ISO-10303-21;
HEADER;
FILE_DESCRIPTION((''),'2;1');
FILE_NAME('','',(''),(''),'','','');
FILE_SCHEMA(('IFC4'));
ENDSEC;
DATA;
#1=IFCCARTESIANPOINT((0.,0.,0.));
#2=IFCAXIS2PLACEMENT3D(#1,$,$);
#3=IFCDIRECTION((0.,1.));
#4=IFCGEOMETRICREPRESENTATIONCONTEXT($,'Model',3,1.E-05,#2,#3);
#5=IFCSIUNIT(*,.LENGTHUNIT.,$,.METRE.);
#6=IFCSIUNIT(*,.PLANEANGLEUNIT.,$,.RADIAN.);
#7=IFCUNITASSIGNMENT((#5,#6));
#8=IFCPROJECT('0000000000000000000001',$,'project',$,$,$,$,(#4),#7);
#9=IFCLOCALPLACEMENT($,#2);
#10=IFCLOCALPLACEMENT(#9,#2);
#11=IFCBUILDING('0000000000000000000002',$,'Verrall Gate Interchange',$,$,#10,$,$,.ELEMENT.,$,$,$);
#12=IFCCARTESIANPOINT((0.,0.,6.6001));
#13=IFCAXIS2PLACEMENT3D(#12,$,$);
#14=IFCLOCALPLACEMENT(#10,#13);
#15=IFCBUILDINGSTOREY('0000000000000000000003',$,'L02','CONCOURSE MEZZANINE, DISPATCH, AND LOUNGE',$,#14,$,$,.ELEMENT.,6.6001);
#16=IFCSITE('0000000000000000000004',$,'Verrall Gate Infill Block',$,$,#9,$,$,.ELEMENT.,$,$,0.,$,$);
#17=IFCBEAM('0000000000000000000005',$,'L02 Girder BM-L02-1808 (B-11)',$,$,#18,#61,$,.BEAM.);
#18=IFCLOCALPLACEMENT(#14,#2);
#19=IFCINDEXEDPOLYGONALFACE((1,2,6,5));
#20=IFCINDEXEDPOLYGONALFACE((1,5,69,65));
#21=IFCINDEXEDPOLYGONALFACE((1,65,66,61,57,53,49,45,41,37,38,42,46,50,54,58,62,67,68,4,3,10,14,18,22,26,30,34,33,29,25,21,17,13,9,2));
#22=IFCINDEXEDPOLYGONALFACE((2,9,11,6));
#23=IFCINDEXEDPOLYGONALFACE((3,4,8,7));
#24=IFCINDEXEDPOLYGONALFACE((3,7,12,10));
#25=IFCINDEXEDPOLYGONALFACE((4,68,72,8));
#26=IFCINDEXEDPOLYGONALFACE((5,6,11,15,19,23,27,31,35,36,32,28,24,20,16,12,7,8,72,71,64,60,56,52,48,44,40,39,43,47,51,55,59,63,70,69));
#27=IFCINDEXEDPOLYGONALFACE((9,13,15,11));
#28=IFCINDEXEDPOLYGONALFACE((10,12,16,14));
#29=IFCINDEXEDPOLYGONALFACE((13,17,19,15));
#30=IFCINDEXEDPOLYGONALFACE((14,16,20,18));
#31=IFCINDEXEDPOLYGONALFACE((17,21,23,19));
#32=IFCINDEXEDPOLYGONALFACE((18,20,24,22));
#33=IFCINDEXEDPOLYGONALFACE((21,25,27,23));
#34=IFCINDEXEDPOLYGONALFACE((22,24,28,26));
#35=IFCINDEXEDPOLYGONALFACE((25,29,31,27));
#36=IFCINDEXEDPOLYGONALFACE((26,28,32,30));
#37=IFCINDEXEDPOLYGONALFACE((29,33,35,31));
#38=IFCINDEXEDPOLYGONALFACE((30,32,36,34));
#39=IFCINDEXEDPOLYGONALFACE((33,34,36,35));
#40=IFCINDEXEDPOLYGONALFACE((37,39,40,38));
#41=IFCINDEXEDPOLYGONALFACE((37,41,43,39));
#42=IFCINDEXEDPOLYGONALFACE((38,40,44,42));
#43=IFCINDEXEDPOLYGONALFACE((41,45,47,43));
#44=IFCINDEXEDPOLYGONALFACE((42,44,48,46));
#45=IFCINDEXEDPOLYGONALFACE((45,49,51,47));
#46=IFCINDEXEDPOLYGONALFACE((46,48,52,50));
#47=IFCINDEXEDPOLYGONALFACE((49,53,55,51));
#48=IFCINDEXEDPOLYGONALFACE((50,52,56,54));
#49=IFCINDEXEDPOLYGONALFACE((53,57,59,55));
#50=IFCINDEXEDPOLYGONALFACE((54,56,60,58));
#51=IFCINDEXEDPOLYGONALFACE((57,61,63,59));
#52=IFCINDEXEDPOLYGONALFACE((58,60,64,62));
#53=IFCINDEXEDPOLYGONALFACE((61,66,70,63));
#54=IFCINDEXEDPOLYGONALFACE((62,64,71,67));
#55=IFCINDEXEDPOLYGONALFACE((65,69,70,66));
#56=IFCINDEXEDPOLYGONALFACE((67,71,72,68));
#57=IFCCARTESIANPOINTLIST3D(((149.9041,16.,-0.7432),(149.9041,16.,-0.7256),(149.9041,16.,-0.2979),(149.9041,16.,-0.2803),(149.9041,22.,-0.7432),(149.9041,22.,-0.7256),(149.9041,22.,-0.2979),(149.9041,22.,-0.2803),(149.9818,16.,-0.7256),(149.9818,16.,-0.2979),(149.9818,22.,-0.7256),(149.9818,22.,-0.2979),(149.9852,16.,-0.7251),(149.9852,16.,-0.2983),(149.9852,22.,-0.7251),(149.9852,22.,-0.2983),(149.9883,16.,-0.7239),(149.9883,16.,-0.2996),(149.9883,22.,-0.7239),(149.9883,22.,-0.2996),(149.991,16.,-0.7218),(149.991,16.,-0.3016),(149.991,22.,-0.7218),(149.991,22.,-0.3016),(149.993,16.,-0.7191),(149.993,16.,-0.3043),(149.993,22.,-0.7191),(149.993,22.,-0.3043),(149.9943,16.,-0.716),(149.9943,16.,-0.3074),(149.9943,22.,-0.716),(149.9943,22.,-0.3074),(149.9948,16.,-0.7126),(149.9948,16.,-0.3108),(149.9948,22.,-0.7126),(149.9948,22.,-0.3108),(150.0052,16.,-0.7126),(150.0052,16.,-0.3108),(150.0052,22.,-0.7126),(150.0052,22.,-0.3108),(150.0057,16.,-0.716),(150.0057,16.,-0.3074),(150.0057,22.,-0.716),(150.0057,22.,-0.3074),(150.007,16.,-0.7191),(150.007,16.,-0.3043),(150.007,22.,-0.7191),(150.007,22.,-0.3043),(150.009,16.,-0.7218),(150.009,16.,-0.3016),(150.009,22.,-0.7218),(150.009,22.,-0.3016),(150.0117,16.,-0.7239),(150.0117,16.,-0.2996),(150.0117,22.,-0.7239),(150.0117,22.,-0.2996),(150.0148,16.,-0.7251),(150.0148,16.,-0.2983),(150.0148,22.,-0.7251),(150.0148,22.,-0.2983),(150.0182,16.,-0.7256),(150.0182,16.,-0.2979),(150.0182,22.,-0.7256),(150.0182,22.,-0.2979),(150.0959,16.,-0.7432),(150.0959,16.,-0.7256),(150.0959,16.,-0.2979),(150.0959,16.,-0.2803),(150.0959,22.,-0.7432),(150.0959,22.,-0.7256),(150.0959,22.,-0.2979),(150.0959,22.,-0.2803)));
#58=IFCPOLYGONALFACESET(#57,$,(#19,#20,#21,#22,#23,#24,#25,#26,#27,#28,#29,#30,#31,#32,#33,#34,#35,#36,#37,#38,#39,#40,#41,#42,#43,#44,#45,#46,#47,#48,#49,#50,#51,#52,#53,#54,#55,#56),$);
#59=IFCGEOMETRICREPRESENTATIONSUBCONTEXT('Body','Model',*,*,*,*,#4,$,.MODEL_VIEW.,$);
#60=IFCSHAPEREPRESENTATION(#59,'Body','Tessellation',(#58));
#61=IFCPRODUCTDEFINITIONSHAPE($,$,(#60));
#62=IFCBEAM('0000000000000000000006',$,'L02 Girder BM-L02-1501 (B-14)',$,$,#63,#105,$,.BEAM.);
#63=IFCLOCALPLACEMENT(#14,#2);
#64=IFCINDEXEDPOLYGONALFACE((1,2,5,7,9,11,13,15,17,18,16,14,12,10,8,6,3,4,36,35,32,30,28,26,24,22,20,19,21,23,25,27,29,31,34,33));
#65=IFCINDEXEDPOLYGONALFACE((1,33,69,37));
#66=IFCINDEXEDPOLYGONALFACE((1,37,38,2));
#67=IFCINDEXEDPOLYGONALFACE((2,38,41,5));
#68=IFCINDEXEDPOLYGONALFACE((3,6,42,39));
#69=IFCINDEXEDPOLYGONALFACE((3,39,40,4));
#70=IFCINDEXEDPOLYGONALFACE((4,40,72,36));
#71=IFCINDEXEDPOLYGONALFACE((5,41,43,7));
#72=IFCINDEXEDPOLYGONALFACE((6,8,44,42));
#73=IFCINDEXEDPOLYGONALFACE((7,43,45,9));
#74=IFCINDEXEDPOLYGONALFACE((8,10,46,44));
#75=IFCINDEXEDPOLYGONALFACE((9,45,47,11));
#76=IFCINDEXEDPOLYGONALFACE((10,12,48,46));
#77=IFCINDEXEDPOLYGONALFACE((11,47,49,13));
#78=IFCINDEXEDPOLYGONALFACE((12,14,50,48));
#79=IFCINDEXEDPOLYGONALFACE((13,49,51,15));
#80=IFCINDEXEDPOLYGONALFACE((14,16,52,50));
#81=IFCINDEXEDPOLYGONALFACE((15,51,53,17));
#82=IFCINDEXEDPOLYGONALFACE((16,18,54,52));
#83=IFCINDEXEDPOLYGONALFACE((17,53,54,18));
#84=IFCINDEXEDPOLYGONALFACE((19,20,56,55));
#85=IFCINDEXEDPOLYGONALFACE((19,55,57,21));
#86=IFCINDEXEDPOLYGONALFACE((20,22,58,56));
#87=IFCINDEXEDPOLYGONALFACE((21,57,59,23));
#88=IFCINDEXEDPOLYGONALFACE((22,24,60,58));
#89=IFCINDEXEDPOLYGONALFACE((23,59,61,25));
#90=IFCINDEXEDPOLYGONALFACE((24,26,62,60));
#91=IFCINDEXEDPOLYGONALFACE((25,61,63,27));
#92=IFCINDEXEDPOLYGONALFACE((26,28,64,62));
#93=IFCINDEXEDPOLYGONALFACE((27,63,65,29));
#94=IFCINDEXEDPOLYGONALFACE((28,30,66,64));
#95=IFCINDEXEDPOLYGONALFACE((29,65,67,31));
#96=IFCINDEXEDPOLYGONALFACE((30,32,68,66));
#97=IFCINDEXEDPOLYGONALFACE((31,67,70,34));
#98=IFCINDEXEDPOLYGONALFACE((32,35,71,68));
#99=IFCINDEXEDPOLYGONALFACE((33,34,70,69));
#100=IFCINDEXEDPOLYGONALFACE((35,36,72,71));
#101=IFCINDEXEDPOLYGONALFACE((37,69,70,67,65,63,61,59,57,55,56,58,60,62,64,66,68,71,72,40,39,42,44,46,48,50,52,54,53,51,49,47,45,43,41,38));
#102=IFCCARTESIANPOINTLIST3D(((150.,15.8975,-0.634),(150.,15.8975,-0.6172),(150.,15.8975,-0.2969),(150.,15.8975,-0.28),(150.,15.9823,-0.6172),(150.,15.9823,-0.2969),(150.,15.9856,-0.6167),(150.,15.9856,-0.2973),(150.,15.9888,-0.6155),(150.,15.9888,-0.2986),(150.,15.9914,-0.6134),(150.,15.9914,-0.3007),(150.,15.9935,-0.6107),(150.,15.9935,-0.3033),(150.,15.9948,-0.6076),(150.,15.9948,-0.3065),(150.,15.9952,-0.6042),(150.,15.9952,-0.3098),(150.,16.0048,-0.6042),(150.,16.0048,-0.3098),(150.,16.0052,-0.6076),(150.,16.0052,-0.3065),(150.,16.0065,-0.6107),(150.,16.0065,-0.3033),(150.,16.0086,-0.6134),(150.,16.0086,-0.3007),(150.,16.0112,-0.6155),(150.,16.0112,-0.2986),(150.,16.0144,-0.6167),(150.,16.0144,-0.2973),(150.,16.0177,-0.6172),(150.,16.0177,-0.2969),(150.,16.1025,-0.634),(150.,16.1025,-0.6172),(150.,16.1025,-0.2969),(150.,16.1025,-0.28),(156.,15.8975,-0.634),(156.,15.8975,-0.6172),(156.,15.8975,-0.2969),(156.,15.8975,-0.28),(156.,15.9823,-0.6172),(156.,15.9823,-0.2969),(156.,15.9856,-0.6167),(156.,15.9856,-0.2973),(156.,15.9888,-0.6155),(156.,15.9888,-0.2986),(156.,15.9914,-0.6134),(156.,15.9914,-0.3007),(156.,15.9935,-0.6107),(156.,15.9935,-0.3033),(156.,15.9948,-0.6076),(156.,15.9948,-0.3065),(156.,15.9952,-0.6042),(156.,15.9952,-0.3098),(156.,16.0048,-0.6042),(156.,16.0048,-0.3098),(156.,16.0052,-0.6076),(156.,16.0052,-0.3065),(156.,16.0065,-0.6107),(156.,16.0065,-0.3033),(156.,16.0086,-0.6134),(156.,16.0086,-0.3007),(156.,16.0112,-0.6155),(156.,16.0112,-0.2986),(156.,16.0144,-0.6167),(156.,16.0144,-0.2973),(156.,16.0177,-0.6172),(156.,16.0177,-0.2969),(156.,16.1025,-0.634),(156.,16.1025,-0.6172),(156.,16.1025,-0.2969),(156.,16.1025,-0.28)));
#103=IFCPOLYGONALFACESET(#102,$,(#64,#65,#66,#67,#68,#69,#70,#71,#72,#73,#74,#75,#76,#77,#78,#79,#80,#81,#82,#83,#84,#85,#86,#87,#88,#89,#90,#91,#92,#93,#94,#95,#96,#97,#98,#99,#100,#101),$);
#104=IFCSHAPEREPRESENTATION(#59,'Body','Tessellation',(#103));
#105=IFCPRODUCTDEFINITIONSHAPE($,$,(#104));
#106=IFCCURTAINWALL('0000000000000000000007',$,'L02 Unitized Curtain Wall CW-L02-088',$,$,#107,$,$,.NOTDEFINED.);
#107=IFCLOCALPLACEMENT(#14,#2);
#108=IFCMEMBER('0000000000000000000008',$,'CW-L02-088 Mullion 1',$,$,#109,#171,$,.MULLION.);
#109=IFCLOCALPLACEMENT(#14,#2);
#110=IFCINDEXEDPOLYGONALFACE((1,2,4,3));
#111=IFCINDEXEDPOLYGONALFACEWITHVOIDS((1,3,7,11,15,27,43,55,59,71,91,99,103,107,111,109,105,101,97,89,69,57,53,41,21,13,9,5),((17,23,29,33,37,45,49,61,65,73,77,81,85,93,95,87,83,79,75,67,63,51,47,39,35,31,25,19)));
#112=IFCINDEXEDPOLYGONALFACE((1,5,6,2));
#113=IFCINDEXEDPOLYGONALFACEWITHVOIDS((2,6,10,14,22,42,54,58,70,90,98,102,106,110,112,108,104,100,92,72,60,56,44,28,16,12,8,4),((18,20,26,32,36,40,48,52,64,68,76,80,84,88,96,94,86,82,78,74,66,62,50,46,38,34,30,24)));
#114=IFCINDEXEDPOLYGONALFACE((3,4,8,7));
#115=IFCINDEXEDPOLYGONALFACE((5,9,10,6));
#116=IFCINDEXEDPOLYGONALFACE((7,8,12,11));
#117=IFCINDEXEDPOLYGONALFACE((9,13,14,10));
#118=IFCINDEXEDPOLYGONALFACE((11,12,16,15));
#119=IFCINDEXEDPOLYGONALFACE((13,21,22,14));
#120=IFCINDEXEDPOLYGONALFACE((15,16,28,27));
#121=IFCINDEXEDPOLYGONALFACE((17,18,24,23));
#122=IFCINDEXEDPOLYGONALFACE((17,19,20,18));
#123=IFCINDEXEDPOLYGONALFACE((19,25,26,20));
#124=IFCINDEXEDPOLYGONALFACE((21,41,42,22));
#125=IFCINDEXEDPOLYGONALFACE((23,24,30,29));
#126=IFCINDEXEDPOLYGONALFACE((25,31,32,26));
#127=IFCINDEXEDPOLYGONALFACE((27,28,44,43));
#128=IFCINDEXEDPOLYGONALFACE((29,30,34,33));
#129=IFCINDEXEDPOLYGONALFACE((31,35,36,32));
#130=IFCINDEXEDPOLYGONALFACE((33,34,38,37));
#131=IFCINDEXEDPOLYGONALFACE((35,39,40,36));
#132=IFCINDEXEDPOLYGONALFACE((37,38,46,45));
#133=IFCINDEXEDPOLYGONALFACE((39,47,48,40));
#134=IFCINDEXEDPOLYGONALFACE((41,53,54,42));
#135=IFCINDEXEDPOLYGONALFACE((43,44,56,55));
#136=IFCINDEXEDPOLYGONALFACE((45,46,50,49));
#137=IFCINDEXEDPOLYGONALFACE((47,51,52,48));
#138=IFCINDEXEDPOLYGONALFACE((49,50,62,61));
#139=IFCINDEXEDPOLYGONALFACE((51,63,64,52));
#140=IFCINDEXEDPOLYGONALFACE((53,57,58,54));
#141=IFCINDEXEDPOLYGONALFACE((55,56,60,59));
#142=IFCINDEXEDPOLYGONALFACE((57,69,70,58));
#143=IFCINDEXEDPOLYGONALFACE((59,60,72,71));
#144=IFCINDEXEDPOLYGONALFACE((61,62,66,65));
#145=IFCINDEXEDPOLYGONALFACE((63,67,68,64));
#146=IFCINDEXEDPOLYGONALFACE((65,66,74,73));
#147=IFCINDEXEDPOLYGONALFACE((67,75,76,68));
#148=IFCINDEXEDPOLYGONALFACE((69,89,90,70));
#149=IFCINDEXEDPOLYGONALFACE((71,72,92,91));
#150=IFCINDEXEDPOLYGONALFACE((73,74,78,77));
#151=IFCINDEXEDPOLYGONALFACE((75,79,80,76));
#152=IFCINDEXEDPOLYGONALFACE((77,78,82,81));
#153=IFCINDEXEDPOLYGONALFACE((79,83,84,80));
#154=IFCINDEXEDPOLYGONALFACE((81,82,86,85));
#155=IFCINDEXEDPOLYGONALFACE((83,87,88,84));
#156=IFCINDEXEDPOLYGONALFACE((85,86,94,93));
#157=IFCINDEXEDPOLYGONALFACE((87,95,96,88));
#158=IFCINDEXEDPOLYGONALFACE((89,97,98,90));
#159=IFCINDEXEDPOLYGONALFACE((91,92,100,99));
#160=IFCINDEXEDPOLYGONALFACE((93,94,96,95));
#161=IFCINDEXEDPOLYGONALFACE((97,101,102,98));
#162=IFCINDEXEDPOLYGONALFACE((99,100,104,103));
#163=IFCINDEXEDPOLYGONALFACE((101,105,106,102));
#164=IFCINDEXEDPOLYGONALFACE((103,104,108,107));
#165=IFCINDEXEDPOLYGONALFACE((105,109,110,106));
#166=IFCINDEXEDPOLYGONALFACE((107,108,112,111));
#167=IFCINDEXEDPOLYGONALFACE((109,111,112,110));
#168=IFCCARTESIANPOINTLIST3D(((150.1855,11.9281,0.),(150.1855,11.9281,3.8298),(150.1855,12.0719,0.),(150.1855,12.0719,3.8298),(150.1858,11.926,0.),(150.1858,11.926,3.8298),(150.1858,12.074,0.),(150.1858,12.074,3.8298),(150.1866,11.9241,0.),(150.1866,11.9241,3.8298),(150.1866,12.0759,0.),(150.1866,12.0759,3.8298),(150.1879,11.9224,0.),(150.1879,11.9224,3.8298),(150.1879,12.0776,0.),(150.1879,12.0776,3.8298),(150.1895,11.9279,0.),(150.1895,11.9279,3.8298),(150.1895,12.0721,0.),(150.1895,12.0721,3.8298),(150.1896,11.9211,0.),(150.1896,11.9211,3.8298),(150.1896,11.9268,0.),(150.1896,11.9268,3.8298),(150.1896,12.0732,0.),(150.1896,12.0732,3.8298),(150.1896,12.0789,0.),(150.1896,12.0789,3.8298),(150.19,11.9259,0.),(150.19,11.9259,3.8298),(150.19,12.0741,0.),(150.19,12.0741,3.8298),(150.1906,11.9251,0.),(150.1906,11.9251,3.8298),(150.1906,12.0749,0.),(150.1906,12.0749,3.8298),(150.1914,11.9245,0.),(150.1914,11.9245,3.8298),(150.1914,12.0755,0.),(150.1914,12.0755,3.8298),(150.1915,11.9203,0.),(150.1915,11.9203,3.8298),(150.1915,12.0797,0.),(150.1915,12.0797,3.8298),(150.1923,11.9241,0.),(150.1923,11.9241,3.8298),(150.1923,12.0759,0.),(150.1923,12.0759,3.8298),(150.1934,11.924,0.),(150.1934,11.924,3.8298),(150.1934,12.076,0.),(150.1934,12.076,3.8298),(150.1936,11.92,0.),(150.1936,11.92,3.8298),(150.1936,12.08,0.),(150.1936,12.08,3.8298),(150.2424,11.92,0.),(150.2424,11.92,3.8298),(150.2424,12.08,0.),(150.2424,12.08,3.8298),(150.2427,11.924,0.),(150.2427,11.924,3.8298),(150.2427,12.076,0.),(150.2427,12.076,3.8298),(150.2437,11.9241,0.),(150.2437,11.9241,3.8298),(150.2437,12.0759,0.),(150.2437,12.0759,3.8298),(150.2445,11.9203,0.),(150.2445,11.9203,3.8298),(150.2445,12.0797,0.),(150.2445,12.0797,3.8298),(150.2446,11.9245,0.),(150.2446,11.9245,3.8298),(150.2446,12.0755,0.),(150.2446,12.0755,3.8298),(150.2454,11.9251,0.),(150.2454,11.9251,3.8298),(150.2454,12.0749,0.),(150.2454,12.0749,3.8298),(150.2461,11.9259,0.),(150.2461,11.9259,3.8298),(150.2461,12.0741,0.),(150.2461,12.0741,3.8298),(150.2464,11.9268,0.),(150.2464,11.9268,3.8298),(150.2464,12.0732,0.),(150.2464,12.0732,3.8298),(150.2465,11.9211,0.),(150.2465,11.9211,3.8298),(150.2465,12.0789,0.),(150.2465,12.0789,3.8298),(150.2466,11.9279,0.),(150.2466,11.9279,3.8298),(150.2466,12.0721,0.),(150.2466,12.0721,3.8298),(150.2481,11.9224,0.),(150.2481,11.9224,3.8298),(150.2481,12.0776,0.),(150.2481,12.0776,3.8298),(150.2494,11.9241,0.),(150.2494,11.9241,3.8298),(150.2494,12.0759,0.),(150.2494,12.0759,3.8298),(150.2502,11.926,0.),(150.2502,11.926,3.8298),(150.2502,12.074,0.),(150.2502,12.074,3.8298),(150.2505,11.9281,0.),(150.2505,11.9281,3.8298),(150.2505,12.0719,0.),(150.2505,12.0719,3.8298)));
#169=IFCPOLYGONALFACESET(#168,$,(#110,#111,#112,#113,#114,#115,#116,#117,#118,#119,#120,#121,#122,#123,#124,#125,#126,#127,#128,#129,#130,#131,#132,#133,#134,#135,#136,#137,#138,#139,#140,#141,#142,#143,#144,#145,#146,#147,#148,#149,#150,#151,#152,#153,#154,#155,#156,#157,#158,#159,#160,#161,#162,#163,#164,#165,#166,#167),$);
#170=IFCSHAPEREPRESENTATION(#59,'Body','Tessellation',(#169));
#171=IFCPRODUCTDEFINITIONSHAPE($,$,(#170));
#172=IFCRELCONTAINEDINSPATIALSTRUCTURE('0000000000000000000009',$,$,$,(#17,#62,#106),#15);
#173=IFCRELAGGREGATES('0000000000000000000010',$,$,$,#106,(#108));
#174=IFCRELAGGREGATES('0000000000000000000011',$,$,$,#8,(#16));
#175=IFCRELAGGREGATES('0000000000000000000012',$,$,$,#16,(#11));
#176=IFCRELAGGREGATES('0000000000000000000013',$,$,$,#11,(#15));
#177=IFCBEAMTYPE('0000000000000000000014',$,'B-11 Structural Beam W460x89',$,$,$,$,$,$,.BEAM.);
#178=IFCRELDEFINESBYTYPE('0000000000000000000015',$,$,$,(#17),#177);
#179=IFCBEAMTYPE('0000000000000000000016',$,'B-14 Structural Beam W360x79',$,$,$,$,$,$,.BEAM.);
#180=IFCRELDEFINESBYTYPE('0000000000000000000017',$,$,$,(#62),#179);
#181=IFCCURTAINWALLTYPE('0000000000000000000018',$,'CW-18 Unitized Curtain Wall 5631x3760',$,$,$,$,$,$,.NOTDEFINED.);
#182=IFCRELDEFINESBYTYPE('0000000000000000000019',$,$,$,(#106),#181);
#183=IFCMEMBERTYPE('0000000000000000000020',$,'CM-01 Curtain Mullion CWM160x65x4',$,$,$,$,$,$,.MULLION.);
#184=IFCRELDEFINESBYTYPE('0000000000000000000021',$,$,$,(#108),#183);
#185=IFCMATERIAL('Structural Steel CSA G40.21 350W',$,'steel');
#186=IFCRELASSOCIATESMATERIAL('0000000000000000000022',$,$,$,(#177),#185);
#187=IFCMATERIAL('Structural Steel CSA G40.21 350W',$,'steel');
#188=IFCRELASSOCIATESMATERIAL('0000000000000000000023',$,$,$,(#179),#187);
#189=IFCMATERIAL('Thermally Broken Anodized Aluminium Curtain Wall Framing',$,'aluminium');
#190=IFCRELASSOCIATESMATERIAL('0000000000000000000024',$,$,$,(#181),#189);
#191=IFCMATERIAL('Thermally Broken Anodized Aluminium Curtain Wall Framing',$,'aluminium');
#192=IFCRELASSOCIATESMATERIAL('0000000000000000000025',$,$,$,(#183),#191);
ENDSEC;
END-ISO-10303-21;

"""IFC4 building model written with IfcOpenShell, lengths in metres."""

from ifc_helpers import new_model, si_unit, direction, frame, origin, origin_2d, place, context, subcontext, project, spatial, hollow_rectangle, i_section, extrude, material, material_profile, profile_set, type_object, element, aggregate, save


model = new_model("IFC4")

# Units and contexts
model_context = context("Model", 3, precision=1e-05, world=origin(), true_north=direction((0.0, 1.0)))
body_context = subcontext(model_context, "Body", "Model", "MODEL_VIEW")
ifc_project = project(units=[si_unit("LENGTHUNIT", "METRE"), si_unit("PLANEANGLEUNIT", "RADIAN")], contexts=[model_context])

# Site, building, storey
site_placement = place(None, origin())
site = spatial("IfcSite", under=ifc_project, at=site_placement, Name="Verrall Gate Infill Block", CompositionType="ELEMENT", RefElevation=0.0)
building_placement = place(site_placement, origin())
building = spatial("IfcBuilding", under=site, at=building_placement, Name="Verrall Gate Interchange", CompositionType="ELEMENT")
storey_placement = place(building_placement, frame((0.0, 0.0, 6.6001)))
storey = spatial("IfcBuildingStorey", under=building, at=storey_placement, Name="L02", Description="CONCOURSE MEZZANINE, DISPATCH, AND LOUNGE", CompositionType="ELEMENT", Elevation=6.6001)

# Beams
ifc_material_1 = material(Name="Structural Steel CSA G40.21 350W", Category="steel")
ifc_material_profile_1 = material_profile(ifc_material_1, i_section(OverallWidth=0.1919, OverallDepth=0.4629, WebThickness=0.0105, FlangeThickness=0.0176, FilletRadius=0.0129, at=origin_2d()), Name="W460x89")
ifc_profile_set_1 = profile_set([ifc_material_profile_1], Name="Structural Steel CSA G40.21 350W")
beam_type_1 = type_object("IfcBeamType", Name="B-11 Structural Beam W460x89", PredefinedType="BEAM", material=ifc_profile_set_1)
beam_1_placement = place(storey_placement, frame((150.0, 16.0, -0.5117), z_axis=(0.0, 1.0, 0.0), x_axis=(-1.0, 0.0, 0.0)))
element("IfcBeam", 1, at=beam_1_placement, inside=storey, type_object=beam_type_1, Name="L02 Girder BM-L02-1808 (B-11)", PredefinedType="BEAM", context=body_context, shape_type="SweptSolid", body=[
    extrude(i_section(OverallWidth=0.1919, OverallDepth=0.4629, WebThickness=0.0105, FlangeThickness=0.0176, FilletRadius=0.0129, at=origin_2d()), origin(), (0.0, 0.0, 1.0), 6.0),
])
ifc_material_2 = material(Name="Structural Steel CSA G40.21 350W", Category="steel")
ifc_material_profile_2 = material_profile(ifc_material_2, i_section(OverallWidth=0.2051, OverallDepth=0.354, WebThickness=0.0095, FlangeThickness=0.0168, FilletRadius=0.0129, at=origin_2d()), Name="W360x79")
ifc_profile_set_2 = profile_set([ifc_material_profile_2], Name="Structural Steel CSA G40.21 350W")
beam_type_2 = type_object("IfcBeamType", Name="B-14 Structural Beam W360x79", PredefinedType="BEAM", material=ifc_profile_set_2)
beam_2_placement = place(storey_placement, frame((150.0, 16.0, -0.457), z_axis=(1.0, 0.0, 0.0), x_axis=(0.0, 1.0, 0.0)))
element("IfcBeam", 2, at=beam_2_placement, inside=storey, type_object=beam_type_2, Name="L02 Girder BM-L02-1501 (B-14)", PredefinedType="BEAM", context=body_context, shape_type="SweptSolid", body=[
    extrude(i_section(OverallWidth=0.2051, OverallDepth=0.354, WebThickness=0.0095, FlangeThickness=0.0168, FilletRadius=0.0129, at=origin_2d()), origin(), (0.0, 0.0, 1.0), 6.0),
])

# Curtain wall, member
ifc_material_3 = material(Name="Thermally Broken Anodized Aluminium Curtain Wall Framing", Category="aluminium")
curtain_wall_type = type_object("IfcCurtainWallType", Name="CW-18 Unitized Curtain Wall 5631x3760", PredefinedType="NOTDEFINED", material=ifc_material_3)
curtain_wall_1_placement = place(storey_placement, origin())
curtain_wall_1 = element("IfcCurtainWall", 3, at=curtain_wall_1_placement, inside=storey, type_object=curtain_wall_type, Name="L02 Unitized Curtain Wall CW-L02-088", PredefinedType="NOTDEFINED")
ifc_material_4 = material(Name="Thermally Broken Anodized Aluminium Curtain Wall Framing", Category="aluminium")
ifc_material_profile_3 = material_profile(ifc_material_4, hollow_rectangle(XDim=0.0649, YDim=0.1599, WallThickness=0.0039, InnerFilletRadius=0.0039, OuterFilletRadius=0.0081, at=origin_2d()), Name="CWM160x65x4")
ifc_profile_set_3 = profile_set([ifc_material_profile_3], Name="Thermally Broken Anodized Aluminium Curtain Wall Framing")
member_type_1 = type_object("IfcMemberType", Name="CM-01 Curtain Mullion CWM160x65x4", PredefinedType="MULLION", material=ifc_profile_set_3)
member_1_placement = place(storey_placement, frame((150.218, 12.0, 0.0), z_axis=(0.0, 0.0, 1.0), x_axis=(1.0, 0.0, 0.0)))
member_1 = element("IfcMember", 4, at=member_1_placement, type_object=member_type_1, Name="CW-L02-088 Mullion 1", PredefinedType="MULLION", context=body_context, shape_type="SweptSolid", body=[
    extrude(hollow_rectangle(XDim=0.0649, YDim=0.1599, WallThickness=0.0039, InnerFilletRadius=0.0039, OuterFilletRadius=0.0081, at=origin_2d()), origin(), (0.0, 0.0, 1.0), 3.8298),
])

aggregate(curtain_wall_1, [member_1])

save(model, "model.ifc")
